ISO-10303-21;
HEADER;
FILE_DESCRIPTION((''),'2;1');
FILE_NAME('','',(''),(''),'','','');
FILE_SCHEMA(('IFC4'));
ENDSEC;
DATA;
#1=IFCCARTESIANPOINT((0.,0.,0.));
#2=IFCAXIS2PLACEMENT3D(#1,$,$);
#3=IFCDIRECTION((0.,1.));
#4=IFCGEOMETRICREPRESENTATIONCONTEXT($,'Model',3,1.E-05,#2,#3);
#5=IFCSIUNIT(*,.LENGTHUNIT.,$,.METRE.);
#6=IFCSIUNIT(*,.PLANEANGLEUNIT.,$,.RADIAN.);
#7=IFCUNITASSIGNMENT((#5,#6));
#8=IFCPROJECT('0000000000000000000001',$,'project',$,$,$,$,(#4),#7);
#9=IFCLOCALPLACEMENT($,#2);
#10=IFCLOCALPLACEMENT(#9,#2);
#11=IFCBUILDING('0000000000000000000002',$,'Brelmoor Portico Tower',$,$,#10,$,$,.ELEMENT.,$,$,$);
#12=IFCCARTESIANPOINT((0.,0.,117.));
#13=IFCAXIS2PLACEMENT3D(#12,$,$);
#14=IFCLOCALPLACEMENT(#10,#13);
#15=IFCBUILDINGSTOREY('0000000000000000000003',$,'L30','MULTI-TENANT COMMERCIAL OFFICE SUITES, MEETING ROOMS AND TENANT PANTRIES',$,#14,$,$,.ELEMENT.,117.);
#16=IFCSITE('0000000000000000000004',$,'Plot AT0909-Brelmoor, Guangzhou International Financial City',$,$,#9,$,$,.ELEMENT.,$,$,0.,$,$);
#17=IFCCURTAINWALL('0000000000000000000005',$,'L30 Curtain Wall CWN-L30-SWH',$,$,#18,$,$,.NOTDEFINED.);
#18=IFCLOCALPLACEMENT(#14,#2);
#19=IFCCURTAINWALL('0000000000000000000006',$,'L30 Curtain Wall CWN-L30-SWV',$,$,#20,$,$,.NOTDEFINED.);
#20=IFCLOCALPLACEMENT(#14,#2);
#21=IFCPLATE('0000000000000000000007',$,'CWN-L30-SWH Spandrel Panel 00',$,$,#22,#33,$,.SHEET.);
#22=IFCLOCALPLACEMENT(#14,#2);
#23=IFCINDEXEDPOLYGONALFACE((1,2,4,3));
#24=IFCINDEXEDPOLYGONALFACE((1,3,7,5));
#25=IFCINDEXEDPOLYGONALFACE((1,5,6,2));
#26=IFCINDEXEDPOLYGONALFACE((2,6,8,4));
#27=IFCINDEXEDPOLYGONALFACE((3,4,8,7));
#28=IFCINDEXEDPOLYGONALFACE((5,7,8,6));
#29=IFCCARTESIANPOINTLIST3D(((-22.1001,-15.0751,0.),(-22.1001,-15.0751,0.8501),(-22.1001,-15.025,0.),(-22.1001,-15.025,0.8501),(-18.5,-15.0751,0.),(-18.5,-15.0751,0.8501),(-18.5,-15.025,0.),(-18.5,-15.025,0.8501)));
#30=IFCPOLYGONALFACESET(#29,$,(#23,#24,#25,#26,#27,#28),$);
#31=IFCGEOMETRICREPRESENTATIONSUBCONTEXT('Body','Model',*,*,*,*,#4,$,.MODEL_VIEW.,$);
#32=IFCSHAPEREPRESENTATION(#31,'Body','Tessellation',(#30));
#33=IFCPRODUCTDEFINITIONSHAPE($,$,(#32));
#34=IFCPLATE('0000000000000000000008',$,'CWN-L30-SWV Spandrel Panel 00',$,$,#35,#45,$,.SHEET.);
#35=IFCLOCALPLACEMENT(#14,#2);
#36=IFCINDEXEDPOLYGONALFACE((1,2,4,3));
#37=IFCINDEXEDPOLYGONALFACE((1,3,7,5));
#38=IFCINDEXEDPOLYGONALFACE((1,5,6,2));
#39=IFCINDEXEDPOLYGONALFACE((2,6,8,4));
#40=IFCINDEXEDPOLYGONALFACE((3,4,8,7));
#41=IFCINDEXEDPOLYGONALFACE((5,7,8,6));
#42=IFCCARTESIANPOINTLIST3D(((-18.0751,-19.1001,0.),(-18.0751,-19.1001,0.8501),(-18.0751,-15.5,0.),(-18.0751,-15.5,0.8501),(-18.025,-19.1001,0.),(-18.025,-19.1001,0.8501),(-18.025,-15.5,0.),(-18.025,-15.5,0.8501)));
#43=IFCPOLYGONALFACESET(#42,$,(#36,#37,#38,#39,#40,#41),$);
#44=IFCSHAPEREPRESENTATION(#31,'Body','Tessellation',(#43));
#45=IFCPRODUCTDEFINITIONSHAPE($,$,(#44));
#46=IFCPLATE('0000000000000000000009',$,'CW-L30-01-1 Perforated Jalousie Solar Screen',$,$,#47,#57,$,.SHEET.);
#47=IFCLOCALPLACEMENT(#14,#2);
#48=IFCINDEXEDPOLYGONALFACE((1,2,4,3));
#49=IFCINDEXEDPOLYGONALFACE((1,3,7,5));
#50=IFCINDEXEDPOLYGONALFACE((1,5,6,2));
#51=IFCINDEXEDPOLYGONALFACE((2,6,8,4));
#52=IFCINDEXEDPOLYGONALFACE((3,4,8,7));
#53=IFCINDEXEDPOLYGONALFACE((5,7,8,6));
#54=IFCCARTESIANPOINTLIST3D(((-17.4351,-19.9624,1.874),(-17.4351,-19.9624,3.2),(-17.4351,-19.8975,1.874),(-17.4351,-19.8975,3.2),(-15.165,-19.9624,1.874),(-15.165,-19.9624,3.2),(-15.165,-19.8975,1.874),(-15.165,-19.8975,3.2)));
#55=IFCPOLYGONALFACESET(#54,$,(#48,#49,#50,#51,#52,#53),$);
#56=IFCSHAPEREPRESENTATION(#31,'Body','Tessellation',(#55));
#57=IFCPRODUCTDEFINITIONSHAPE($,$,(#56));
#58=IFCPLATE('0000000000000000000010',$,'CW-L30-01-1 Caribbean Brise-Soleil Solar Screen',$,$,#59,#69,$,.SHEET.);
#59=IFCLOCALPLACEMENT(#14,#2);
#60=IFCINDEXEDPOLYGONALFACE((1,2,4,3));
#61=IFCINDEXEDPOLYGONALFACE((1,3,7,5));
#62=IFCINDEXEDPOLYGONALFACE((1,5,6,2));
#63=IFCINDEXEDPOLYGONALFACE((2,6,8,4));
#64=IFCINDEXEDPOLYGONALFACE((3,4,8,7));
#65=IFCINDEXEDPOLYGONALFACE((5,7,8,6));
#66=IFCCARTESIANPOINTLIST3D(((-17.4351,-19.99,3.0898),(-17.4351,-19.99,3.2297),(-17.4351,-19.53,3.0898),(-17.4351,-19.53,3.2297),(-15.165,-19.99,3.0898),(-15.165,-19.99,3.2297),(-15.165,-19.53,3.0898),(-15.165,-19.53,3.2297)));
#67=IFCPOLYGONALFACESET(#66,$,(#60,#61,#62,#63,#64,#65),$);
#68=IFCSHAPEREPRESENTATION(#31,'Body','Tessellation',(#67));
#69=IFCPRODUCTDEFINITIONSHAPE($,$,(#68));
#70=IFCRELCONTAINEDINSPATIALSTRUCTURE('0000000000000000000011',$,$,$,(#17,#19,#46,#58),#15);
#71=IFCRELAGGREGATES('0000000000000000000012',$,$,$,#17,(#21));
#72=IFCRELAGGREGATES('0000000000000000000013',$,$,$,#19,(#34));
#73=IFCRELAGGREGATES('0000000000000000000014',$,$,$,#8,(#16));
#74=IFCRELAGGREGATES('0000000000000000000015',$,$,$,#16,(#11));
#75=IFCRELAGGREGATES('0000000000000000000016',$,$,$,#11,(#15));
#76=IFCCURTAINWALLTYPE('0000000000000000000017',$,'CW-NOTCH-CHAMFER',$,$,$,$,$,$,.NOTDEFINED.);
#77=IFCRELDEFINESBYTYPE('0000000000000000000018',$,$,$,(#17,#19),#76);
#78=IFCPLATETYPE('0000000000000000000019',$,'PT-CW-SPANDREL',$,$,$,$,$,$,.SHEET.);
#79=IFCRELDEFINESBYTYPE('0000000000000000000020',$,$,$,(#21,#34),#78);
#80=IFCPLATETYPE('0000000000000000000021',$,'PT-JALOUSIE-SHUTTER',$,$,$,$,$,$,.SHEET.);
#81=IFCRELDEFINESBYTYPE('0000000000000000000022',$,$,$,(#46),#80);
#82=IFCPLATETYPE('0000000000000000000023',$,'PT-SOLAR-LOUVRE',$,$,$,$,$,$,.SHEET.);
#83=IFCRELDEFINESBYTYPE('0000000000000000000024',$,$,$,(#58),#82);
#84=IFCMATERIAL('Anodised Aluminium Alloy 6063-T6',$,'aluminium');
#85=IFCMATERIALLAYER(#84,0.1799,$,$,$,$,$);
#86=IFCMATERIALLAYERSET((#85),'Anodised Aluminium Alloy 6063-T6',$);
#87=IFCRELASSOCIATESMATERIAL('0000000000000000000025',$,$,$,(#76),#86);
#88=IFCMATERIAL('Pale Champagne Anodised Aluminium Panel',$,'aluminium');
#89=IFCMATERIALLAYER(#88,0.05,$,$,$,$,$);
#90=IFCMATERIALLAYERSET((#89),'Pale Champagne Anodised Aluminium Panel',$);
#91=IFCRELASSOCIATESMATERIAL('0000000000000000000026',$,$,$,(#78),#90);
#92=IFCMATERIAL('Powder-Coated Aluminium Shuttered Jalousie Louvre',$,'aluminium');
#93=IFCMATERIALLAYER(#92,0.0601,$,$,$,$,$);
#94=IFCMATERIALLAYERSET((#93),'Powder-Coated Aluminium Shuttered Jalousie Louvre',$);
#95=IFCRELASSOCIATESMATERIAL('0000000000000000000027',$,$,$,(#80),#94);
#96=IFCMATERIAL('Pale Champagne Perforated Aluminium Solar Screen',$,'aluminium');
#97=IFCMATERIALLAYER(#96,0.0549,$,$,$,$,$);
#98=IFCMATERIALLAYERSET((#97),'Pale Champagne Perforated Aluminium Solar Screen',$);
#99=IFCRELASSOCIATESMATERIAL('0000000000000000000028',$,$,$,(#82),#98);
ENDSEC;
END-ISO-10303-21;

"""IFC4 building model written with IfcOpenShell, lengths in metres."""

from ifc_helpers import new_model, si_unit, direction, frame, origin, origin_2d, place, context, subcontext, project, spatial, rectangle, extrude, material, layer, layer_set, type_object, element, aggregate, save


model = new_model("IFC4")

# Units and contexts
model_context = context("Model", 3, precision=1e-05, world=origin(), true_north=direction((0.0, 1.0)))
body_context = subcontext(model_context, "Body", "Model", "MODEL_VIEW")
ifc_project = project(units=[si_unit("LENGTHUNIT", "METRE"), si_unit("PLANEANGLEUNIT", "RADIAN")], contexts=[model_context])

# Site, building, storey
site_placement = place(None, origin())
site = spatial("IfcSite", under=ifc_project, at=site_placement, Name="Plot AT0909-Brelmoor, Guangzhou International Financial City", CompositionType="ELEMENT", RefElevation=0.0)
building_placement = place(site_placement, origin())
building = spatial("IfcBuilding", under=site, at=building_placement, Name="Brelmoor Portico Tower", CompositionType="ELEMENT")
storey_placement = place(building_placement, frame((0.0, 0.0, 117.0)))
storey = spatial("IfcBuildingStorey", under=building, at=storey_placement, Name="L30", Description="MULTI-TENANT COMMERCIAL OFFICE SUITES, MEETING ROOMS AND TENANT PANTRIES", CompositionType="ELEMENT", Elevation=117.0)

# Curtain wall
ifc_material_1 = material(Name="Anodised Aluminium Alloy 6063-T6", Category="aluminium")
ifc_layer_1 = layer(ifc_material_1, 0.1799)
ifc_layer_set_1 = layer_set([ifc_layer_1], Name="Anodised Aluminium Alloy 6063-T6")
curtain_wall_type_1 = type_object("IfcCurtainWallType", Name="CW-NOTCH-CHAMFER", PredefinedType="NOTDEFINED", material=ifc_layer_set_1)
curtain_wall_1_placement = place(storey_placement, origin())
curtain_wall_1 = element("IfcCurtainWall", 1, at=curtain_wall_1_placement, inside=storey, type_object=curtain_wall_type_1, Name="L30 Curtain Wall CWN-L30-SWH", PredefinedType="NOTDEFINED")

# Curtain wall
curtain_wall_2_placement = place(storey_placement, origin())
curtain_wall_2 = element("IfcCurtainWall", 2, at=curtain_wall_2_placement, inside=storey, type_object=curtain_wall_type_1, Name="L30 Curtain Wall CWN-L30-SWV", PredefinedType="NOTDEFINED")

# Plates
ifc_material_2 = material(Name="Pale Champagne Anodised Aluminium Panel", Category="aluminium")
ifc_layer_2 = layer(ifc_material_2, 0.05)
ifc_layer_set_2 = layer_set([ifc_layer_2], Name="Pale Champagne Anodised Aluminium Panel")
plate_type_1 = type_object("IfcPlateType", Name="PT-CW-SPANDREL", PredefinedType="SHEET", material=ifc_layer_set_2)
plate_1_placement = place(storey_placement, frame((-20.3, -15.05, 0.0), z_axis=(0.0, 0.0, 1.0), x_axis=(1.0, 0.0, 0.0)))
plate_1 = element("IfcPlate", 3, at=plate_1_placement, type_object=plate_type_1, Name="CWN-L30-SWH Spandrel Panel 00", PredefinedType="SHEET", context=body_context, shape_type="SweptSolid", body=[
    extrude(rectangle(XDim=3.6001, YDim=0.05, at=origin_2d()), origin(), (0.0, 0.0, 1.0), 0.8501),
])
aggregate(curtain_wall_1, [plate_1])
plate_2_placement = place(storey_placement, frame((-18.05, -17.3, 0.0), z_axis=(0.0, 0.0, 1.0), x_axis=(0.0, 1.0, 0.0)))
plate_2 = element("IfcPlate", 4, at=plate_2_placement, type_object=plate_type_1, Name="CWN-L30-SWV Spandrel Panel 00", PredefinedType="SHEET", context=body_context, shape_type="SweptSolid", body=[
    extrude(rectangle(XDim=3.6001, YDim=0.05, at=origin_2d()), origin(), (0.0, 0.0, 1.0), 0.8501),
])
aggregate(curtain_wall_2, [plate_2])

# Plates
ifc_material_3 = material(Name="Powder-Coated Aluminium Shuttered Jalousie Louvre", Category="aluminium")
ifc_layer_3 = layer(ifc_material_3, 0.0601)
ifc_layer_set_3 = layer_set([ifc_layer_3], Name="Powder-Coated Aluminium Shuttered Jalousie Louvre")
plate_type_2 = type_object("IfcPlateType", Name="PT-JALOUSIE-SHUTTER", PredefinedType="SHEET", material=ifc_layer_set_3)
plate_3_placement = place(storey_placement, frame((-16.3, -19.9299, 1.874), z_axis=(0.0, 0.0, 1.0), x_axis=(1.0, 0.0, 0.0)))
element("IfcPlate", 5, at=plate_3_placement, inside=storey, type_object=plate_type_2, Name="CW-L30-01-1 Perforated Jalousie Solar Screen", PredefinedType="SHEET", context=body_context, shape_type="SweptSolid", body=[
    extrude(rectangle(XDim=2.27, YDim=0.0649, at=origin_2d()), origin(), (0.0, 0.0, 1.0), 1.3259),
])
ifc_material_4 = material(Name="Pale Champagne Perforated Aluminium Solar Screen", Category="aluminium")
ifc_layer_4 = layer(ifc_material_4, 0.0549)
ifc_layer_set_4 = layer_set([ifc_layer_4], Name="Pale Champagne Perforated Aluminium Solar Screen")
plate_type_3 = type_object("IfcPlateType", Name="PT-SOLAR-LOUVRE", PredefinedType="SHEET", material=ifc_layer_set_4)
plate_4_placement = place(storey_placement, frame((-16.3, -19.76, 3.0898), z_axis=(0.0, 0.0, 1.0), x_axis=(1.0, 0.0, 0.0)))
element("IfcPlate", 6, at=plate_4_placement, inside=storey, type_object=plate_type_3, Name="CW-L30-01-1 Caribbean Brise-Soleil Solar Screen", PredefinedType="SHEET", context=body_context, shape_type="SweptSolid", body=[
    extrude(rectangle(XDim=2.27, YDim=0.46, at=origin_2d()), origin(), (0.0, 0.0, 1.0), 0.1399),
])

save(model, "model.ifc")
